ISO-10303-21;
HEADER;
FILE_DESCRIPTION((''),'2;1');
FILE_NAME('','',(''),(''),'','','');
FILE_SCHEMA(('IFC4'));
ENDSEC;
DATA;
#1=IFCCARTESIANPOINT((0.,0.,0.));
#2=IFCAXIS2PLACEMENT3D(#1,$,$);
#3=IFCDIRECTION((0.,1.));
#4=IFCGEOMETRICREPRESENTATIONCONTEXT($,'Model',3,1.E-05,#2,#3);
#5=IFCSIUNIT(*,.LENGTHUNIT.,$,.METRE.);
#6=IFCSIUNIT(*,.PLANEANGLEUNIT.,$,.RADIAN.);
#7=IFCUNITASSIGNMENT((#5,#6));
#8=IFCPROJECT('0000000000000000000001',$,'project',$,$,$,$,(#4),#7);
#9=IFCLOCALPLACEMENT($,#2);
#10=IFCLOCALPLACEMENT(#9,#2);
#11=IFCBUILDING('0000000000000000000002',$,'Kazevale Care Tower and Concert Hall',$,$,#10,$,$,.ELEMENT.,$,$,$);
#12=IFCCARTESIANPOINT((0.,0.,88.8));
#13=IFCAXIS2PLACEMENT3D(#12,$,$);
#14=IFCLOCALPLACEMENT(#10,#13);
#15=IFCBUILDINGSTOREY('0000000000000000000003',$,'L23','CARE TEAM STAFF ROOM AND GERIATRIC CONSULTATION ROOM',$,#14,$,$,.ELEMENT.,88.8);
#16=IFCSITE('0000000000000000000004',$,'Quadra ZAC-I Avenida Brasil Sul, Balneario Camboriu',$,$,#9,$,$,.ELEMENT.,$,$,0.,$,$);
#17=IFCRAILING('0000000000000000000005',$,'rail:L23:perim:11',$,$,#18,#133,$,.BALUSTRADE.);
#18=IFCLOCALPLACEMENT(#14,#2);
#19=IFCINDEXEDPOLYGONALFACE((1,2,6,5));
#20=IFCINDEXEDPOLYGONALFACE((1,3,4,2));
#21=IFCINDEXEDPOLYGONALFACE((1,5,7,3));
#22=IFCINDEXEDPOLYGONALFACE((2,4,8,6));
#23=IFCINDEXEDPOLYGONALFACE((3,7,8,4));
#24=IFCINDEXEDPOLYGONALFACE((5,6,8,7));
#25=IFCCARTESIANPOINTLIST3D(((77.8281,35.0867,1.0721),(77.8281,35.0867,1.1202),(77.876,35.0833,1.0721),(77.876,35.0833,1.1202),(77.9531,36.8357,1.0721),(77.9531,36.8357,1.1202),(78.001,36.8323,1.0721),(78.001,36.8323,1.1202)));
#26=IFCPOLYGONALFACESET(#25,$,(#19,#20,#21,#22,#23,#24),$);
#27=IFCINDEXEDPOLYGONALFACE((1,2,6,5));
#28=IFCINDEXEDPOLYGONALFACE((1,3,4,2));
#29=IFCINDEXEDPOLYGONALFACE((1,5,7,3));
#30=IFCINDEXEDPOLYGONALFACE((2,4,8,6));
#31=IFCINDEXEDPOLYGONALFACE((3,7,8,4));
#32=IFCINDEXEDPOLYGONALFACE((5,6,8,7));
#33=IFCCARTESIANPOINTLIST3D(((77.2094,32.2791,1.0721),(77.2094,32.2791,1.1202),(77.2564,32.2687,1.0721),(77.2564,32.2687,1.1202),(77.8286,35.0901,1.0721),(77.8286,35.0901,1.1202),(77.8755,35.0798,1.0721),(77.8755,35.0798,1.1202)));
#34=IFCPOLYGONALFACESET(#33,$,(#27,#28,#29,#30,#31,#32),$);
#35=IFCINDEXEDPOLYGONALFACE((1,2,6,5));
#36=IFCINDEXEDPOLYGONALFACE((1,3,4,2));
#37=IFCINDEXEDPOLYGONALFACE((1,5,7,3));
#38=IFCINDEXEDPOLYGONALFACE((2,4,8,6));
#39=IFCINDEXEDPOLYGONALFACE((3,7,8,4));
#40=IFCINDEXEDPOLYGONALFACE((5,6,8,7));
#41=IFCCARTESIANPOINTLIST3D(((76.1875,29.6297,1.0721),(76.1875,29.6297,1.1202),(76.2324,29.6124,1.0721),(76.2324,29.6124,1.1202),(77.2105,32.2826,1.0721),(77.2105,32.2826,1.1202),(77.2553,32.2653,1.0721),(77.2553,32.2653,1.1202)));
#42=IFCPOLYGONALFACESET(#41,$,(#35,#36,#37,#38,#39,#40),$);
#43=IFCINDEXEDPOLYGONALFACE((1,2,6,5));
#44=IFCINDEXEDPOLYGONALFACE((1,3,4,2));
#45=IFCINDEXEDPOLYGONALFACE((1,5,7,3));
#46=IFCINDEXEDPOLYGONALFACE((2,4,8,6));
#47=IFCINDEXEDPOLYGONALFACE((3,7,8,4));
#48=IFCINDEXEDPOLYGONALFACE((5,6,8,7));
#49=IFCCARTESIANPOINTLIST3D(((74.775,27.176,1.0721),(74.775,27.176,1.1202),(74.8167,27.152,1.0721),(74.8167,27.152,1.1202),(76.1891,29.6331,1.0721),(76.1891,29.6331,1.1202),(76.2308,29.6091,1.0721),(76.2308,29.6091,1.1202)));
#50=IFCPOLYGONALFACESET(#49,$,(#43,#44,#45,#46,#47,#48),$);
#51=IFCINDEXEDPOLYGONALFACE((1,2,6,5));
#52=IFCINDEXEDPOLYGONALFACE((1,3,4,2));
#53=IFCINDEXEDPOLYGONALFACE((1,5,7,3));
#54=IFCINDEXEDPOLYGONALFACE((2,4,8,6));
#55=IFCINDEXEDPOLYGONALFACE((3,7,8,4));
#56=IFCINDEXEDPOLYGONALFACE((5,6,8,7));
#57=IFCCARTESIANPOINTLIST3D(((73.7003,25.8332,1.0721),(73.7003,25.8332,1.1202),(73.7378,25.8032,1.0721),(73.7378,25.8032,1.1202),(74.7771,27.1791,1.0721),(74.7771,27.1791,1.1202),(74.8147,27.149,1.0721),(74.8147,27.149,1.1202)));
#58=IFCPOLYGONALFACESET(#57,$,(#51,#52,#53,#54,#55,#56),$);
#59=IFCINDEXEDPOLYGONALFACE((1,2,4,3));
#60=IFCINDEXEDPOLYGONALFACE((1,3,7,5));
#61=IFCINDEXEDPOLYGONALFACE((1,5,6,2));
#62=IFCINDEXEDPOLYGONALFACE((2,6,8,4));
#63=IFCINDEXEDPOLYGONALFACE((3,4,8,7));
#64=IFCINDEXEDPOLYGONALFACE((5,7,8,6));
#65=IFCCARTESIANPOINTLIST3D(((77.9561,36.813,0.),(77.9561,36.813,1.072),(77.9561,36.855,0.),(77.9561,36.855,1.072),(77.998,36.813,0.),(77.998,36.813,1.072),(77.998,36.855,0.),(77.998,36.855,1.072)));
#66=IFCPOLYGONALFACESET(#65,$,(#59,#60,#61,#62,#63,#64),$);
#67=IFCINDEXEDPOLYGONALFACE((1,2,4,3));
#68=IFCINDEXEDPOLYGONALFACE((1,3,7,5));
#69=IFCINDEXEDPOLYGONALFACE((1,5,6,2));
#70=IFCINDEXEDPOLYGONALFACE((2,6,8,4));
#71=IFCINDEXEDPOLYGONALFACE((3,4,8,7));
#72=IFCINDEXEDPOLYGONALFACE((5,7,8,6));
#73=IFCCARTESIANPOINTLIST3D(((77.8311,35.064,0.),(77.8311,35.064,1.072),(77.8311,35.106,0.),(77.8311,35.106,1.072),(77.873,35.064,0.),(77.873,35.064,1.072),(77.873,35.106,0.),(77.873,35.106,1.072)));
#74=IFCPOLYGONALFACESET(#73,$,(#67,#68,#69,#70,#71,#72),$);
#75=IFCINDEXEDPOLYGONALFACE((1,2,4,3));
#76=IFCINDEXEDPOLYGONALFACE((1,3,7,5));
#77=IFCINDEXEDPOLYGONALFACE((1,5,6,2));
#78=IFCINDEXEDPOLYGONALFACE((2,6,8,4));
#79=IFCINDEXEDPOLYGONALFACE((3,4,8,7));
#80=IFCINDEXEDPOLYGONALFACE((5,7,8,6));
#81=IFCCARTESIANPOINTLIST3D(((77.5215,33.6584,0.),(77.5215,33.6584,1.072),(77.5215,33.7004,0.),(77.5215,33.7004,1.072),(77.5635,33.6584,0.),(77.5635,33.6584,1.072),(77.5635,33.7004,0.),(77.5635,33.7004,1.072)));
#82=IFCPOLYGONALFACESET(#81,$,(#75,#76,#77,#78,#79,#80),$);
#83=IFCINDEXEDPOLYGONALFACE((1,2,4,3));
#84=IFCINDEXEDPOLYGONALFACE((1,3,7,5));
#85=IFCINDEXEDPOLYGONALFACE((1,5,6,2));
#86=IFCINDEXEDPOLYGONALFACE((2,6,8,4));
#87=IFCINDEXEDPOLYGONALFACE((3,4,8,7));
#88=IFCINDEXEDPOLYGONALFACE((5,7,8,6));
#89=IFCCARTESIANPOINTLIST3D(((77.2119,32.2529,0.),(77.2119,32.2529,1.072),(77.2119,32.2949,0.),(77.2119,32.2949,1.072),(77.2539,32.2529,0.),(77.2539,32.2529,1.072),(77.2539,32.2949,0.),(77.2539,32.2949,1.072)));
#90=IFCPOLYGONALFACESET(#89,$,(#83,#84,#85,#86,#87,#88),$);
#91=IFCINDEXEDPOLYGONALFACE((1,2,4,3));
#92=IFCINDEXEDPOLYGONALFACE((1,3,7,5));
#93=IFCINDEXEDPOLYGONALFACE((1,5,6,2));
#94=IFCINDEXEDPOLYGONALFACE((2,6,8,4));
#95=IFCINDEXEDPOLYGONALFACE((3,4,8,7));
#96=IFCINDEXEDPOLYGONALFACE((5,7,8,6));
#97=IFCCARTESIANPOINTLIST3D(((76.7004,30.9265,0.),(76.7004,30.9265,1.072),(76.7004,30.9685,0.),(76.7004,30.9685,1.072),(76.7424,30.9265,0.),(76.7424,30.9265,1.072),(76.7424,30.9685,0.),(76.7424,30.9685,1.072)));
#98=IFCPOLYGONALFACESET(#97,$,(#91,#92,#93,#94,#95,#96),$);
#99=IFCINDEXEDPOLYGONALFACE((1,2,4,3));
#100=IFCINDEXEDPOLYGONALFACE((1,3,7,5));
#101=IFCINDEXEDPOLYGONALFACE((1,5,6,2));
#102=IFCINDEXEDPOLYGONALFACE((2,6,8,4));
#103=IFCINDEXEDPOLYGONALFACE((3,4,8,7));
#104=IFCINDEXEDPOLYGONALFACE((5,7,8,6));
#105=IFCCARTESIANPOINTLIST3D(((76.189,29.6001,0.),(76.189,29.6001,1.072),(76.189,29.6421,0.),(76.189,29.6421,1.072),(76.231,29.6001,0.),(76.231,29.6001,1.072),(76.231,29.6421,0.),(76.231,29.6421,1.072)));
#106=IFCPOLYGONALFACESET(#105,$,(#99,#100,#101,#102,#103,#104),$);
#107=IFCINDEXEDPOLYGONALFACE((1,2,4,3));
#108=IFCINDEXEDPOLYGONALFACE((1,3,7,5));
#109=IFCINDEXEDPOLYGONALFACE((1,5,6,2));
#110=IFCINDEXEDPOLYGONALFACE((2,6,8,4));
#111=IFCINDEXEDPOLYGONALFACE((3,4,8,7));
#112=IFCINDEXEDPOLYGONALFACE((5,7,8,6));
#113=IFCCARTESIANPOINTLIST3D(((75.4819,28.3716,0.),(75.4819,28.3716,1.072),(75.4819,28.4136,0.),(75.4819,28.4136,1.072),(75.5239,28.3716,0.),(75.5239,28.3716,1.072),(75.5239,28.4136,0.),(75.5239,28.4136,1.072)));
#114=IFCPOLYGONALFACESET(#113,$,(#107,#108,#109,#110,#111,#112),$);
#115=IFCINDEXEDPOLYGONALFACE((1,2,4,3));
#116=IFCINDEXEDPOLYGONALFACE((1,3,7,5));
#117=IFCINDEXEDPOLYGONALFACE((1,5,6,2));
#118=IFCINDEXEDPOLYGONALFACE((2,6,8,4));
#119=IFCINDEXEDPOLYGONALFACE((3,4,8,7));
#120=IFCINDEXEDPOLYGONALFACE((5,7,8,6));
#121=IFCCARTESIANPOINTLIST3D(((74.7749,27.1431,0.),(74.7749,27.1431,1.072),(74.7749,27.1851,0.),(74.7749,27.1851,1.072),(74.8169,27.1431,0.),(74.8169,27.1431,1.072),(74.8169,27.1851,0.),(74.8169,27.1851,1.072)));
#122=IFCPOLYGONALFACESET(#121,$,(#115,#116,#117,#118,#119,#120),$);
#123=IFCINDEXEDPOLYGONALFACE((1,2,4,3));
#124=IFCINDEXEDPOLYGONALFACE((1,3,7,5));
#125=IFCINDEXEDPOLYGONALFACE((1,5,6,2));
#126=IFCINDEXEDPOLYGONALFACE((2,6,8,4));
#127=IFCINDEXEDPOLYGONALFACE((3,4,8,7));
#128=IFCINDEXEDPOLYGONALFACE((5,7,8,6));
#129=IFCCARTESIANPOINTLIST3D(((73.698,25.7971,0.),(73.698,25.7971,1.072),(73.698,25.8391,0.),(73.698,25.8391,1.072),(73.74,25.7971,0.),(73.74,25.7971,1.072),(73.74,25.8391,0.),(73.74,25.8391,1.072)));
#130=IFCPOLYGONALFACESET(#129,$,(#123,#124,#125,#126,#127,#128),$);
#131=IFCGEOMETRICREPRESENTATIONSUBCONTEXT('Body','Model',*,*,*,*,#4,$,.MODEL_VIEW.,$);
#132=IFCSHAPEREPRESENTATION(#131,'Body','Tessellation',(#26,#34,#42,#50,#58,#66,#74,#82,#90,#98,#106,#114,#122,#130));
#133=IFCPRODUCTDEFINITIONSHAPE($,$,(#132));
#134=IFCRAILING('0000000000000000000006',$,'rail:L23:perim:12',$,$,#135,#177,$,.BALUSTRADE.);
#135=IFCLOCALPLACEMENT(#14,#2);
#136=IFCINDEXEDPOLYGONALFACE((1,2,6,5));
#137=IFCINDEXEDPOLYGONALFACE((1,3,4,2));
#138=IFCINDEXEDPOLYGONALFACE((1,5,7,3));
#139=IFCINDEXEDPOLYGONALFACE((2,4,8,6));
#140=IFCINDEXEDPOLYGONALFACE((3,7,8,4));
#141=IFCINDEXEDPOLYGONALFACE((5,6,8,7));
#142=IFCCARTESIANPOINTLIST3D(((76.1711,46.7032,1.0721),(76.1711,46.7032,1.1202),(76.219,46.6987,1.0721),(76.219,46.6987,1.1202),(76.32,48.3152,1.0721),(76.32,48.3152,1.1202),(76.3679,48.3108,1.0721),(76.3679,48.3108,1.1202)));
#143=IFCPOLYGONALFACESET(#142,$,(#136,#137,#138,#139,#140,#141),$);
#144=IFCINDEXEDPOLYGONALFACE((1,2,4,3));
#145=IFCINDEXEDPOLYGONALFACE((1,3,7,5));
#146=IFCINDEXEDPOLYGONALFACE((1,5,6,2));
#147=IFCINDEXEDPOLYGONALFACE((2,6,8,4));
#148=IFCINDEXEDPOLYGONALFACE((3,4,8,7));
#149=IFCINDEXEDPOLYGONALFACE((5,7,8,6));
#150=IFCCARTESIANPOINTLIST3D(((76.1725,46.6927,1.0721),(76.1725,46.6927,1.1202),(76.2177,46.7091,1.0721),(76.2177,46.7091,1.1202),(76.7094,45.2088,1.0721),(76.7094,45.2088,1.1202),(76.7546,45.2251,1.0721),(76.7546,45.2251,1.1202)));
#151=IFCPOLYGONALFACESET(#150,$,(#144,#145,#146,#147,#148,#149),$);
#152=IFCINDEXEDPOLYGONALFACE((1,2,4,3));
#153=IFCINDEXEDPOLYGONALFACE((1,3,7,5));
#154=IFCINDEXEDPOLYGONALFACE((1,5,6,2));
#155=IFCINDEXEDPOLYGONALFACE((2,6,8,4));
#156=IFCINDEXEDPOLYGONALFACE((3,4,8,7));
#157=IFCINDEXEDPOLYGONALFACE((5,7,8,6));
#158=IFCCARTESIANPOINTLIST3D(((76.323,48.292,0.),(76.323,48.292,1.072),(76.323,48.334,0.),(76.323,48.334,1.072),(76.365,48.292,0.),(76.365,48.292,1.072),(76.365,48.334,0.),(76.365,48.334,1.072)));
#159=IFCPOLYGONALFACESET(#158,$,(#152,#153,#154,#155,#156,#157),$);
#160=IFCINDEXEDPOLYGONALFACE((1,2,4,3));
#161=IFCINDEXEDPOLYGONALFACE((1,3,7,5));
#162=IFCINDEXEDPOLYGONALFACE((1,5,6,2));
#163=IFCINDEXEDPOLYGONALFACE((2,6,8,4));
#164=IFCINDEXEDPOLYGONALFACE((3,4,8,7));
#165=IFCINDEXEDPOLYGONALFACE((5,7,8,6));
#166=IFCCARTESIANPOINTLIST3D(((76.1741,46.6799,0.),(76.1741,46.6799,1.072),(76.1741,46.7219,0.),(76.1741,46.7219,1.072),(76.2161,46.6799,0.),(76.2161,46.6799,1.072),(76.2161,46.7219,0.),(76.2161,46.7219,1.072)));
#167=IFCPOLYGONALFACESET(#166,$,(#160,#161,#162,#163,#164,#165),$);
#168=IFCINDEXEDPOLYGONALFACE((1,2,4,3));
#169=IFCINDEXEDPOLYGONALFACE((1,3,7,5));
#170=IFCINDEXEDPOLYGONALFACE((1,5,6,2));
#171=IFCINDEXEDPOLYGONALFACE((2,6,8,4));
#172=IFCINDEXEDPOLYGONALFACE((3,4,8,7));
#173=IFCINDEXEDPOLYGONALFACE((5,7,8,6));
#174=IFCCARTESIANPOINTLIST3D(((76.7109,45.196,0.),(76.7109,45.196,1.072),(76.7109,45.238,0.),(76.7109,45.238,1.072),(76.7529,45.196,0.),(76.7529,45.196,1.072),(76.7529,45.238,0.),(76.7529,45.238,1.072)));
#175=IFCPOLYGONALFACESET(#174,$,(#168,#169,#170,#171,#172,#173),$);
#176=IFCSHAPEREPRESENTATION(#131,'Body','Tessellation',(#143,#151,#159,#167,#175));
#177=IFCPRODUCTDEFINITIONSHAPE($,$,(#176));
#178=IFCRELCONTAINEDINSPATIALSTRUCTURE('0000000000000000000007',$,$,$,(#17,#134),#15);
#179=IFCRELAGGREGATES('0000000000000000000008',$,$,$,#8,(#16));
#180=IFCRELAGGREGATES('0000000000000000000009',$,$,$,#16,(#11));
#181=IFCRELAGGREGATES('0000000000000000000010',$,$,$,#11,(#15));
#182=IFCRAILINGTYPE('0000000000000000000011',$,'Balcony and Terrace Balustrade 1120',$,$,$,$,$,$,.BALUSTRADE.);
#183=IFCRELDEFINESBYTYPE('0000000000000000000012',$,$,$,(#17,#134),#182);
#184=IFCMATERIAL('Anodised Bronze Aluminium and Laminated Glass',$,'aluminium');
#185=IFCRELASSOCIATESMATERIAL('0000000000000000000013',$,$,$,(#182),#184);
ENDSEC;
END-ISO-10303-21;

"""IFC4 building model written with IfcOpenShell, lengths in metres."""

from ifc_helpers import new_model, si_unit, direction, frame, origin, origin_2d, place, context, subcontext, project, spatial, rectangle, extrude, material, type_object, element, save


model = new_model("IFC4")

# Units and contexts
model_context = context("Model", 3, precision=1e-05, world=origin(), true_north=direction((0.0, 1.0)))
body_context = subcontext(model_context, "Body", "Model", "MODEL_VIEW")
ifc_project = project(units=[si_unit("LENGTHUNIT", "METRE"), si_unit("PLANEANGLEUNIT", "RADIAN")], contexts=[model_context])

# Site, building, storey
site_placement = place(None, origin())
site = spatial("IfcSite", under=ifc_project, at=site_placement, Name="Quadra ZAC-I Avenida Brasil Sul, Balneario Camboriu", CompositionType="ELEMENT", RefElevation=0.0)
building_placement = place(site_placement, origin())
building = spatial("IfcBuilding", under=site, at=building_placement, Name="Kazevale Care Tower and Concert Hall", CompositionType="ELEMENT")
storey_placement = place(building_placement, frame((0.0, 0.0, 88.8)))
storey = spatial("IfcBuildingStorey", under=building, at=storey_placement, Name="L23", Description="CARE TEAM STAFF ROOM AND GERIATRIC CONSULTATION ROOM", CompositionType="ELEMENT", Elevation=88.8)

# Railings
ifc_material_1 = material(Name="Anodised Bronze Aluminium and Laminated Glass", Category="aluminium")
railing_type = type_object("IfcRailingType", Name="Balcony and Terrace Balustrade 1120", PredefinedType="BALUSTRADE", material=ifc_material_1)
railing_1_placement = place(storey_placement, frame((77.9771, 36.834, 0.0)))
element("IfcRailing", 1, at=railing_1_placement, inside=storey, type_object=railing_type, Name="rail:L23:perim:11", PredefinedType="BALUSTRADE", context=body_context, shape_type="SweptSolid", body=[
    extrude(rectangle(XDim=0.0481, YDim=0.0481, at=origin_2d()), frame((0.0, 0.0, 1.0962), z_axis=(-0.071287, -0.997456, 0.0), x_axis=(0.997456, -0.071287, 0.0)), (0.0, 0.0, 1.0), 1.7534),
    extrude(rectangle(XDim=0.0481, YDim=0.0481, at=origin_2d()), frame((-0.125, -1.749, 1.0962), z_axis=(-0.215098, -0.976592, 0.0), x_axis=(0.976592, -0.215098, 0.0)), (0.0, 0.0, 1.0), 2.8784),
    extrude(rectangle(XDim=0.0481, YDim=0.0481, at=origin_2d()), frame((-0.7441, -4.5601, 1.0962), z_axis=(-0.359785, -0.933035, 0.0), x_axis=(0.933035, -0.359785, 0.0)), (0.0, 0.0, 1.0), 2.8433),
    extrude(rectangle(XDim=0.0481, YDim=0.0481, at=origin_2d()), frame((-1.7671, -7.2129, 1.0962), z_axis=(-0.498808, -0.866713, 0.0), x_axis=(0.866713, -0.498808, 0.0)), (0.0, 0.0, 1.0), 2.835),
    extrude(rectangle(XDim=0.0481, YDim=0.0481, at=origin_2d()), frame((-3.1812, -9.6699, 1.0962), z_axis=(-0.624747, -0.780827, 0.0), x_axis=(0.780827, -0.624747, 0.0)), (0.0, 0.0, 1.0), 1.7236),
    extrude(rectangle(XDim=0.042, YDim=0.042, at=origin_2d()), origin(), (0.0, 0.0, 1.0), 1.072),
    extrude(rectangle(XDim=0.042, YDim=0.042, at=origin_2d()), frame((-0.125, -1.749, 0.0)), (0.0, 0.0, 1.0), 1.072),
    extrude(rectangle(XDim=0.042, YDim=0.042, at=origin_2d()), frame((-0.4346, -3.1545, 0.0)), (0.0, 0.0, 1.0), 1.072),
    extrude(rectangle(XDim=0.042, YDim=0.042, at=origin_2d()), frame((-0.7441, -4.5601, 0.0)), (0.0, 0.0, 1.0), 1.072),
    extrude(rectangle(XDim=0.042, YDim=0.042, at=origin_2d()), frame((-1.2556, -5.8865, 0.0)), (0.0, 0.0, 1.0), 1.072),
    extrude(rectangle(XDim=0.042, YDim=0.042, at=origin_2d()), frame((-1.7671, -7.2129, 0.0)), (0.0, 0.0, 1.0), 1.072),
    extrude(rectangle(XDim=0.042, YDim=0.042, at=origin_2d()), frame((-2.4741, -8.4414, 0.0)), (0.0, 0.0, 1.0), 1.072),
    extrude(rectangle(XDim=0.042, YDim=0.042, at=origin_2d()), frame((-3.1812, -9.6699, 0.0)), (0.0, 0.0, 1.0), 1.072),
    extrude(rectangle(XDim=0.042, YDim=0.042, at=origin_2d()), frame((-4.2581, -11.0159, 0.0)), (0.0, 0.0, 1.0), 1.072),
])
railing_2_placement = place(storey_placement, frame((76.344, 48.313, 0.0)))
element("IfcRailing", 2, at=railing_2_placement, inside=storey, type_object=railing_type, Name="rail:L23:perim:12", PredefinedType="BALUSTRADE", context=body_context, shape_type="SweptSolid", body=[
    extrude(rectangle(XDim=0.0481, YDim=0.0481, at=origin_2d()), frame((0.0, 0.0, 1.0962), z_axis=(-0.091991, -0.99576, 0.0), x_axis=(0.99576, -0.091991, 0.0)), (0.0, 0.0, 1.0), 1.6189),
    extrude(rectangle(XDim=0.0481, YDim=0.0481, at=origin_2d()), frame((-0.1489, -1.6121, 1.0962), z_axis=(0.340215, -0.940348, 0.0), x_axis=(0.940348, 0.340215, 0.0)), (0.0, 0.0, 1.0), 1.5781),
    extrude(rectangle(XDim=0.042, YDim=0.042, at=origin_2d()), origin(), (0.0, 0.0, 1.0), 1.072),
    extrude(rectangle(XDim=0.042, YDim=0.042, at=origin_2d()), frame((-0.1489, -1.6121, 0.0)), (0.0, 0.0, 1.0), 1.072),
    extrude(rectangle(XDim=0.042, YDim=0.042, at=origin_2d()), frame((0.3879, -3.0959, 0.0)), (0.0, 0.0, 1.0), 1.072),
])

save(model, "model.ifc")
